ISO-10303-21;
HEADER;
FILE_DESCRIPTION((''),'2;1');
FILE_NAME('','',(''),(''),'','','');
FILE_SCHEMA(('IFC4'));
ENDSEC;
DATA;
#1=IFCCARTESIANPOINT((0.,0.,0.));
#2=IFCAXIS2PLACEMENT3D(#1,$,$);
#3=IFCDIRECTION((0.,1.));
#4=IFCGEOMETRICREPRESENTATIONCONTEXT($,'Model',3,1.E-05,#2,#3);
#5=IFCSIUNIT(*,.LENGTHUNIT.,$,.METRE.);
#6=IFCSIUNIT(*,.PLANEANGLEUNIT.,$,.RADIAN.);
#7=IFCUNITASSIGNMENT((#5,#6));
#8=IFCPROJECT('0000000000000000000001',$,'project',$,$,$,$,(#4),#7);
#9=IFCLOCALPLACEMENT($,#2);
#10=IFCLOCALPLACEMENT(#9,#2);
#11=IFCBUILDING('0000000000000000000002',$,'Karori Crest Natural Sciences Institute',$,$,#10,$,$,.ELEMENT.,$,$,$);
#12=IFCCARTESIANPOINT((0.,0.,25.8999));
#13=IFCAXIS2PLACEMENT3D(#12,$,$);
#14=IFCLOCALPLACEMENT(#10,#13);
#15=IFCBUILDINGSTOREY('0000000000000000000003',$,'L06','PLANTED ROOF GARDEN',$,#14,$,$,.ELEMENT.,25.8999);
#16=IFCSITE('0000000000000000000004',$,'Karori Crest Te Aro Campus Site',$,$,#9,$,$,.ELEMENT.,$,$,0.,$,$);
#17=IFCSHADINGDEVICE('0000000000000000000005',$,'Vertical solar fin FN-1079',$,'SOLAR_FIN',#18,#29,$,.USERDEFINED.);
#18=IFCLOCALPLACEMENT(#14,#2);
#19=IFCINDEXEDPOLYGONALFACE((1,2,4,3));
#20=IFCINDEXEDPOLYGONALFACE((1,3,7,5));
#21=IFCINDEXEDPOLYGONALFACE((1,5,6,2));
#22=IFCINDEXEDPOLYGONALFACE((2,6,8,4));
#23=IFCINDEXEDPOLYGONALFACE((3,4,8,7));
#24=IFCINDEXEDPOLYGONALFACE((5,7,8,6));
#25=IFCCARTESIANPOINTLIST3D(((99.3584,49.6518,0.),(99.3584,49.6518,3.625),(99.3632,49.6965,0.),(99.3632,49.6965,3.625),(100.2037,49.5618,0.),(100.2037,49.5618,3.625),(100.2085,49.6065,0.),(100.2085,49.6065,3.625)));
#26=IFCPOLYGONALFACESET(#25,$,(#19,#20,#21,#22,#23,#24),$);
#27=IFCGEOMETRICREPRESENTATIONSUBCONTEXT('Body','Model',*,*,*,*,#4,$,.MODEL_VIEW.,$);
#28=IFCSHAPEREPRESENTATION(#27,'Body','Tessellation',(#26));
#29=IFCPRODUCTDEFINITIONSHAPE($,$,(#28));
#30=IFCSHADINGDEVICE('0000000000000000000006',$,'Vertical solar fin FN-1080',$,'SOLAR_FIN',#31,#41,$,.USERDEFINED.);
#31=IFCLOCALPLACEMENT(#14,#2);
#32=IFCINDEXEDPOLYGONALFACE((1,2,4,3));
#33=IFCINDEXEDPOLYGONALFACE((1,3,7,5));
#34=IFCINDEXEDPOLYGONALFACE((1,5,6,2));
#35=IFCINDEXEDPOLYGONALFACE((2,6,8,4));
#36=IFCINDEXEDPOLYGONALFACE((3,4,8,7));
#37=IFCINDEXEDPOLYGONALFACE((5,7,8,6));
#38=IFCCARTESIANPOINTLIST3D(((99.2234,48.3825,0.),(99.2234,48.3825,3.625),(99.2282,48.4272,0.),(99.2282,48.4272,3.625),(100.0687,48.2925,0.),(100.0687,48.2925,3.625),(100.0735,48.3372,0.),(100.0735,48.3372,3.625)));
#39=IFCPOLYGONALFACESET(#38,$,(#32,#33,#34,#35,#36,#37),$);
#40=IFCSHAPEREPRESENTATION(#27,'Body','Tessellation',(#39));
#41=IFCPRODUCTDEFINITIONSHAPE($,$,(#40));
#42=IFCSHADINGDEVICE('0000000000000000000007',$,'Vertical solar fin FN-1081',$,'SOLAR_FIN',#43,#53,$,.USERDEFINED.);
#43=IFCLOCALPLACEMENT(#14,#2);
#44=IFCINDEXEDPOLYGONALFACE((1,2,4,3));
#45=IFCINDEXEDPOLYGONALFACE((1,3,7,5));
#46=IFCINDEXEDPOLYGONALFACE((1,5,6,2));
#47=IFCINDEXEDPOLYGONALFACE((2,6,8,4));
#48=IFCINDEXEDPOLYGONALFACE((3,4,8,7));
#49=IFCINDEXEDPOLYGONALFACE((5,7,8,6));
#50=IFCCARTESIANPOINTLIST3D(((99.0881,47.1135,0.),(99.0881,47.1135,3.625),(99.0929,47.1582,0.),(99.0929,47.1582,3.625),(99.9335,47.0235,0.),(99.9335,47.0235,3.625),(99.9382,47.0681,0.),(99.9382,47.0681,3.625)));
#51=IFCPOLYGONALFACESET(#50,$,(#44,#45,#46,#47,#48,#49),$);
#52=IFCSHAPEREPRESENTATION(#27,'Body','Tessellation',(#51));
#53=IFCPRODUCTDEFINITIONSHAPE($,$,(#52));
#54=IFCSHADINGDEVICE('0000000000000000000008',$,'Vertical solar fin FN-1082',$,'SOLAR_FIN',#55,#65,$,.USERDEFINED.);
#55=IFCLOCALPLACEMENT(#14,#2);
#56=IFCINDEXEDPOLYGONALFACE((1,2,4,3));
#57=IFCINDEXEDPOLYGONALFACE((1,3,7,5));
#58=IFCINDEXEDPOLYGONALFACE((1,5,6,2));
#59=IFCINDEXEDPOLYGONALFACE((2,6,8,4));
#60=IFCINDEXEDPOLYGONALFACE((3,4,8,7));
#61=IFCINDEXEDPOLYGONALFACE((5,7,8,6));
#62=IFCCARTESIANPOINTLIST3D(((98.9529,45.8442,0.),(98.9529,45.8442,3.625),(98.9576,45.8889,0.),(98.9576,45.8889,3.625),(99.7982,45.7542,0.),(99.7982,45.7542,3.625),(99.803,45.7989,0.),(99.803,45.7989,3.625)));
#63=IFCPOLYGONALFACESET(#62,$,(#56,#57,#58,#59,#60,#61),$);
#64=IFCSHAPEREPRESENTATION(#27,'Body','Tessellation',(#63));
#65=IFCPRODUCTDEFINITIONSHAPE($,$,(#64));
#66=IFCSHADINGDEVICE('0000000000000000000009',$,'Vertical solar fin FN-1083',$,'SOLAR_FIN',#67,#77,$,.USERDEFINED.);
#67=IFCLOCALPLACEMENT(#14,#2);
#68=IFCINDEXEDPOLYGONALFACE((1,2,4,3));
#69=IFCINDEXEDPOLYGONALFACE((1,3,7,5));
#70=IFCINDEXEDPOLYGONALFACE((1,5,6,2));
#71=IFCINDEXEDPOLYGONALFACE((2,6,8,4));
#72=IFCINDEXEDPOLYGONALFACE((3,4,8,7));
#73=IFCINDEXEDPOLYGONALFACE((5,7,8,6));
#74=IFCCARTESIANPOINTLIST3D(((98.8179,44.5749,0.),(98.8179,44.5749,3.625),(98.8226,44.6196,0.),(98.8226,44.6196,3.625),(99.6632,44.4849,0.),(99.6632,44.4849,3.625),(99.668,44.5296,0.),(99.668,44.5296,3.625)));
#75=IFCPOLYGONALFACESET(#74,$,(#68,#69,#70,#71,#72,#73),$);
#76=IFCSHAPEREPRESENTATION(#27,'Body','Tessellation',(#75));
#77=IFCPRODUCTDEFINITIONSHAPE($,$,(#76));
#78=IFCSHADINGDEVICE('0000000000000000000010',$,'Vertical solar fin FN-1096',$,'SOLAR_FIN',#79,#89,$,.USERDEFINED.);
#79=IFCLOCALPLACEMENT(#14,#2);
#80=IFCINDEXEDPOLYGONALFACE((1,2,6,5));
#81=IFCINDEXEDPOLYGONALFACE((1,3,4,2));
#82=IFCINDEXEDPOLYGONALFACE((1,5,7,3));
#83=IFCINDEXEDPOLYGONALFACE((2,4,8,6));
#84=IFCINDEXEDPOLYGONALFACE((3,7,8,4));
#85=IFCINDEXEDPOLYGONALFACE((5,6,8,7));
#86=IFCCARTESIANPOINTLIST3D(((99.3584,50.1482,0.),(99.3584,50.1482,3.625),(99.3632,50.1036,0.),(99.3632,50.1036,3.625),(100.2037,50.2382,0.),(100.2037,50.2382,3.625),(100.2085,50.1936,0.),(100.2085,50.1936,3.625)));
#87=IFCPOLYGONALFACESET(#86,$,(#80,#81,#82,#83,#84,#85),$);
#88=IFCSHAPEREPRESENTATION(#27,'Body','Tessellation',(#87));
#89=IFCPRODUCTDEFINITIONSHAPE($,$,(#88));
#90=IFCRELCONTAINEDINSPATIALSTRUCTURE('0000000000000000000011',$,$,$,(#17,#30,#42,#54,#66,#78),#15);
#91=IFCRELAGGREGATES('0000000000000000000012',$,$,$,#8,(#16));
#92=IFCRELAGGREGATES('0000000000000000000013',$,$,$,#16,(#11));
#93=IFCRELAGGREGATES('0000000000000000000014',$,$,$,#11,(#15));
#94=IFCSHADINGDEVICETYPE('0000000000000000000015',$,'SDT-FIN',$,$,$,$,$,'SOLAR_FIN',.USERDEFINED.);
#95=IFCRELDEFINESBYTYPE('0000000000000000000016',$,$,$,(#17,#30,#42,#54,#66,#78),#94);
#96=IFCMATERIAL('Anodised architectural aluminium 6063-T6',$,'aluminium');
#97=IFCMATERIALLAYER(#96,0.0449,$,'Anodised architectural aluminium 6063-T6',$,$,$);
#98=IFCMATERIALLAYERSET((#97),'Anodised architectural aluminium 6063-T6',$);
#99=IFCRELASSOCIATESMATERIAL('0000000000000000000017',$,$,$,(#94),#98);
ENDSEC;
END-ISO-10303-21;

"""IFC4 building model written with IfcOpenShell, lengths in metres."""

from ifc_helpers import new_model, si_unit, direction, frame, origin, origin_2d, place, context, subcontext, project, spatial, rectangle, extrude, material, layer, layer_set, type_object, element, save


model = new_model("IFC4")

# Units and contexts
model_context = context("Model", 3, precision=1e-05, world=origin(), true_north=direction((0.0, 1.0)))
body_context = subcontext(model_context, "Body", "Model", "MODEL_VIEW")
ifc_project = project(units=[si_unit("LENGTHUNIT", "METRE"), si_unit("PLANEANGLEUNIT", "RADIAN")], contexts=[model_context])

# Site, building, storey
site_placement = place(None, origin())
site = spatial("IfcSite", under=ifc_project, at=site_placement, Name="Karori Crest Te Aro Campus Site", CompositionType="ELEMENT", RefElevation=0.0)
building_placement = place(site_placement, origin())
building = spatial("IfcBuilding", under=site, at=building_placement, Name="Karori Crest Natural Sciences Institute", CompositionType="ELEMENT")
storey_placement = place(building_placement, frame((0.0, 0.0, 25.8999)))
storey = spatial("IfcBuildingStorey", under=building, at=storey_placement, Name="L06", Description="PLANTED ROOF GARDEN", CompositionType="ELEMENT", Elevation=25.8999)

# Shared definitions
ifc_material_1 = material(Name="Anodised architectural aluminium 6063-T6", Category="aluminium")

# Shading devices
ifc_layer_1 = layer(ifc_material_1, 0.0449, Name="Anodised architectural aluminium 6063-T6")
ifc_layer_set_1 = layer_set([ifc_layer_1], Name="Anodised architectural aluminium 6063-T6")
shading_device_type = type_object("IfcShadingDeviceType", Name="SDT-FIN", ElementType="SOLAR_FIN", PredefinedType="USERDEFINED", material=ifc_layer_set_1)
for number, where, z_axis, x_axis, name in (
    (1, (99.7834, 49.6292, 0.0), (0.0, 0.0, 1.0), (0.994378, -0.105886, 0.0), "Vertical solar fin FN-1079"),
    (2, (99.6484, 48.3599, 0.0), (0.0, 0.0, 1.0), (0.994378, -0.105886, 0.0), "Vertical solar fin FN-1080"),
    (3, (99.5132, 47.0908, 0.0), (0.0, 0.0, 1.0), (0.994378, -0.105886, 0.0), "Vertical solar fin FN-1081"),
    (4, (99.3779, 45.8215, 0.0), (0.0, 0.0, 1.0), (0.994378, -0.105886, 0.0), "Vertical solar fin FN-1082"),
    (5, (99.2429, 44.5522, 0.0), (0.0, 0.0, 1.0), (0.994378, -0.105886, 0.0), "Vertical solar fin FN-1083"),
    (6, (99.7834, 50.1709, 0.0), (0.0, 0.0, 1.0), (0.994378, 0.105884, 0.0), "Vertical solar fin FN-1096"),
):
    element("IfcShadingDevice", number, at=place(storey_placement, frame(where, z_axis=z_axis, x_axis=x_axis)), inside=storey, type_object=shading_device_type, Name=name, ObjectType="SOLAR_FIN", PredefinedType="USERDEFINED", context=body_context, shape_type="SweptSolid", body=[
        extrude(rectangle(XDim=0.8501, YDim=0.0449, at=origin_2d()), origin(), (0.0, 0.0, 1.0), 3.625),
    ])

save(model, "model.ifc")
